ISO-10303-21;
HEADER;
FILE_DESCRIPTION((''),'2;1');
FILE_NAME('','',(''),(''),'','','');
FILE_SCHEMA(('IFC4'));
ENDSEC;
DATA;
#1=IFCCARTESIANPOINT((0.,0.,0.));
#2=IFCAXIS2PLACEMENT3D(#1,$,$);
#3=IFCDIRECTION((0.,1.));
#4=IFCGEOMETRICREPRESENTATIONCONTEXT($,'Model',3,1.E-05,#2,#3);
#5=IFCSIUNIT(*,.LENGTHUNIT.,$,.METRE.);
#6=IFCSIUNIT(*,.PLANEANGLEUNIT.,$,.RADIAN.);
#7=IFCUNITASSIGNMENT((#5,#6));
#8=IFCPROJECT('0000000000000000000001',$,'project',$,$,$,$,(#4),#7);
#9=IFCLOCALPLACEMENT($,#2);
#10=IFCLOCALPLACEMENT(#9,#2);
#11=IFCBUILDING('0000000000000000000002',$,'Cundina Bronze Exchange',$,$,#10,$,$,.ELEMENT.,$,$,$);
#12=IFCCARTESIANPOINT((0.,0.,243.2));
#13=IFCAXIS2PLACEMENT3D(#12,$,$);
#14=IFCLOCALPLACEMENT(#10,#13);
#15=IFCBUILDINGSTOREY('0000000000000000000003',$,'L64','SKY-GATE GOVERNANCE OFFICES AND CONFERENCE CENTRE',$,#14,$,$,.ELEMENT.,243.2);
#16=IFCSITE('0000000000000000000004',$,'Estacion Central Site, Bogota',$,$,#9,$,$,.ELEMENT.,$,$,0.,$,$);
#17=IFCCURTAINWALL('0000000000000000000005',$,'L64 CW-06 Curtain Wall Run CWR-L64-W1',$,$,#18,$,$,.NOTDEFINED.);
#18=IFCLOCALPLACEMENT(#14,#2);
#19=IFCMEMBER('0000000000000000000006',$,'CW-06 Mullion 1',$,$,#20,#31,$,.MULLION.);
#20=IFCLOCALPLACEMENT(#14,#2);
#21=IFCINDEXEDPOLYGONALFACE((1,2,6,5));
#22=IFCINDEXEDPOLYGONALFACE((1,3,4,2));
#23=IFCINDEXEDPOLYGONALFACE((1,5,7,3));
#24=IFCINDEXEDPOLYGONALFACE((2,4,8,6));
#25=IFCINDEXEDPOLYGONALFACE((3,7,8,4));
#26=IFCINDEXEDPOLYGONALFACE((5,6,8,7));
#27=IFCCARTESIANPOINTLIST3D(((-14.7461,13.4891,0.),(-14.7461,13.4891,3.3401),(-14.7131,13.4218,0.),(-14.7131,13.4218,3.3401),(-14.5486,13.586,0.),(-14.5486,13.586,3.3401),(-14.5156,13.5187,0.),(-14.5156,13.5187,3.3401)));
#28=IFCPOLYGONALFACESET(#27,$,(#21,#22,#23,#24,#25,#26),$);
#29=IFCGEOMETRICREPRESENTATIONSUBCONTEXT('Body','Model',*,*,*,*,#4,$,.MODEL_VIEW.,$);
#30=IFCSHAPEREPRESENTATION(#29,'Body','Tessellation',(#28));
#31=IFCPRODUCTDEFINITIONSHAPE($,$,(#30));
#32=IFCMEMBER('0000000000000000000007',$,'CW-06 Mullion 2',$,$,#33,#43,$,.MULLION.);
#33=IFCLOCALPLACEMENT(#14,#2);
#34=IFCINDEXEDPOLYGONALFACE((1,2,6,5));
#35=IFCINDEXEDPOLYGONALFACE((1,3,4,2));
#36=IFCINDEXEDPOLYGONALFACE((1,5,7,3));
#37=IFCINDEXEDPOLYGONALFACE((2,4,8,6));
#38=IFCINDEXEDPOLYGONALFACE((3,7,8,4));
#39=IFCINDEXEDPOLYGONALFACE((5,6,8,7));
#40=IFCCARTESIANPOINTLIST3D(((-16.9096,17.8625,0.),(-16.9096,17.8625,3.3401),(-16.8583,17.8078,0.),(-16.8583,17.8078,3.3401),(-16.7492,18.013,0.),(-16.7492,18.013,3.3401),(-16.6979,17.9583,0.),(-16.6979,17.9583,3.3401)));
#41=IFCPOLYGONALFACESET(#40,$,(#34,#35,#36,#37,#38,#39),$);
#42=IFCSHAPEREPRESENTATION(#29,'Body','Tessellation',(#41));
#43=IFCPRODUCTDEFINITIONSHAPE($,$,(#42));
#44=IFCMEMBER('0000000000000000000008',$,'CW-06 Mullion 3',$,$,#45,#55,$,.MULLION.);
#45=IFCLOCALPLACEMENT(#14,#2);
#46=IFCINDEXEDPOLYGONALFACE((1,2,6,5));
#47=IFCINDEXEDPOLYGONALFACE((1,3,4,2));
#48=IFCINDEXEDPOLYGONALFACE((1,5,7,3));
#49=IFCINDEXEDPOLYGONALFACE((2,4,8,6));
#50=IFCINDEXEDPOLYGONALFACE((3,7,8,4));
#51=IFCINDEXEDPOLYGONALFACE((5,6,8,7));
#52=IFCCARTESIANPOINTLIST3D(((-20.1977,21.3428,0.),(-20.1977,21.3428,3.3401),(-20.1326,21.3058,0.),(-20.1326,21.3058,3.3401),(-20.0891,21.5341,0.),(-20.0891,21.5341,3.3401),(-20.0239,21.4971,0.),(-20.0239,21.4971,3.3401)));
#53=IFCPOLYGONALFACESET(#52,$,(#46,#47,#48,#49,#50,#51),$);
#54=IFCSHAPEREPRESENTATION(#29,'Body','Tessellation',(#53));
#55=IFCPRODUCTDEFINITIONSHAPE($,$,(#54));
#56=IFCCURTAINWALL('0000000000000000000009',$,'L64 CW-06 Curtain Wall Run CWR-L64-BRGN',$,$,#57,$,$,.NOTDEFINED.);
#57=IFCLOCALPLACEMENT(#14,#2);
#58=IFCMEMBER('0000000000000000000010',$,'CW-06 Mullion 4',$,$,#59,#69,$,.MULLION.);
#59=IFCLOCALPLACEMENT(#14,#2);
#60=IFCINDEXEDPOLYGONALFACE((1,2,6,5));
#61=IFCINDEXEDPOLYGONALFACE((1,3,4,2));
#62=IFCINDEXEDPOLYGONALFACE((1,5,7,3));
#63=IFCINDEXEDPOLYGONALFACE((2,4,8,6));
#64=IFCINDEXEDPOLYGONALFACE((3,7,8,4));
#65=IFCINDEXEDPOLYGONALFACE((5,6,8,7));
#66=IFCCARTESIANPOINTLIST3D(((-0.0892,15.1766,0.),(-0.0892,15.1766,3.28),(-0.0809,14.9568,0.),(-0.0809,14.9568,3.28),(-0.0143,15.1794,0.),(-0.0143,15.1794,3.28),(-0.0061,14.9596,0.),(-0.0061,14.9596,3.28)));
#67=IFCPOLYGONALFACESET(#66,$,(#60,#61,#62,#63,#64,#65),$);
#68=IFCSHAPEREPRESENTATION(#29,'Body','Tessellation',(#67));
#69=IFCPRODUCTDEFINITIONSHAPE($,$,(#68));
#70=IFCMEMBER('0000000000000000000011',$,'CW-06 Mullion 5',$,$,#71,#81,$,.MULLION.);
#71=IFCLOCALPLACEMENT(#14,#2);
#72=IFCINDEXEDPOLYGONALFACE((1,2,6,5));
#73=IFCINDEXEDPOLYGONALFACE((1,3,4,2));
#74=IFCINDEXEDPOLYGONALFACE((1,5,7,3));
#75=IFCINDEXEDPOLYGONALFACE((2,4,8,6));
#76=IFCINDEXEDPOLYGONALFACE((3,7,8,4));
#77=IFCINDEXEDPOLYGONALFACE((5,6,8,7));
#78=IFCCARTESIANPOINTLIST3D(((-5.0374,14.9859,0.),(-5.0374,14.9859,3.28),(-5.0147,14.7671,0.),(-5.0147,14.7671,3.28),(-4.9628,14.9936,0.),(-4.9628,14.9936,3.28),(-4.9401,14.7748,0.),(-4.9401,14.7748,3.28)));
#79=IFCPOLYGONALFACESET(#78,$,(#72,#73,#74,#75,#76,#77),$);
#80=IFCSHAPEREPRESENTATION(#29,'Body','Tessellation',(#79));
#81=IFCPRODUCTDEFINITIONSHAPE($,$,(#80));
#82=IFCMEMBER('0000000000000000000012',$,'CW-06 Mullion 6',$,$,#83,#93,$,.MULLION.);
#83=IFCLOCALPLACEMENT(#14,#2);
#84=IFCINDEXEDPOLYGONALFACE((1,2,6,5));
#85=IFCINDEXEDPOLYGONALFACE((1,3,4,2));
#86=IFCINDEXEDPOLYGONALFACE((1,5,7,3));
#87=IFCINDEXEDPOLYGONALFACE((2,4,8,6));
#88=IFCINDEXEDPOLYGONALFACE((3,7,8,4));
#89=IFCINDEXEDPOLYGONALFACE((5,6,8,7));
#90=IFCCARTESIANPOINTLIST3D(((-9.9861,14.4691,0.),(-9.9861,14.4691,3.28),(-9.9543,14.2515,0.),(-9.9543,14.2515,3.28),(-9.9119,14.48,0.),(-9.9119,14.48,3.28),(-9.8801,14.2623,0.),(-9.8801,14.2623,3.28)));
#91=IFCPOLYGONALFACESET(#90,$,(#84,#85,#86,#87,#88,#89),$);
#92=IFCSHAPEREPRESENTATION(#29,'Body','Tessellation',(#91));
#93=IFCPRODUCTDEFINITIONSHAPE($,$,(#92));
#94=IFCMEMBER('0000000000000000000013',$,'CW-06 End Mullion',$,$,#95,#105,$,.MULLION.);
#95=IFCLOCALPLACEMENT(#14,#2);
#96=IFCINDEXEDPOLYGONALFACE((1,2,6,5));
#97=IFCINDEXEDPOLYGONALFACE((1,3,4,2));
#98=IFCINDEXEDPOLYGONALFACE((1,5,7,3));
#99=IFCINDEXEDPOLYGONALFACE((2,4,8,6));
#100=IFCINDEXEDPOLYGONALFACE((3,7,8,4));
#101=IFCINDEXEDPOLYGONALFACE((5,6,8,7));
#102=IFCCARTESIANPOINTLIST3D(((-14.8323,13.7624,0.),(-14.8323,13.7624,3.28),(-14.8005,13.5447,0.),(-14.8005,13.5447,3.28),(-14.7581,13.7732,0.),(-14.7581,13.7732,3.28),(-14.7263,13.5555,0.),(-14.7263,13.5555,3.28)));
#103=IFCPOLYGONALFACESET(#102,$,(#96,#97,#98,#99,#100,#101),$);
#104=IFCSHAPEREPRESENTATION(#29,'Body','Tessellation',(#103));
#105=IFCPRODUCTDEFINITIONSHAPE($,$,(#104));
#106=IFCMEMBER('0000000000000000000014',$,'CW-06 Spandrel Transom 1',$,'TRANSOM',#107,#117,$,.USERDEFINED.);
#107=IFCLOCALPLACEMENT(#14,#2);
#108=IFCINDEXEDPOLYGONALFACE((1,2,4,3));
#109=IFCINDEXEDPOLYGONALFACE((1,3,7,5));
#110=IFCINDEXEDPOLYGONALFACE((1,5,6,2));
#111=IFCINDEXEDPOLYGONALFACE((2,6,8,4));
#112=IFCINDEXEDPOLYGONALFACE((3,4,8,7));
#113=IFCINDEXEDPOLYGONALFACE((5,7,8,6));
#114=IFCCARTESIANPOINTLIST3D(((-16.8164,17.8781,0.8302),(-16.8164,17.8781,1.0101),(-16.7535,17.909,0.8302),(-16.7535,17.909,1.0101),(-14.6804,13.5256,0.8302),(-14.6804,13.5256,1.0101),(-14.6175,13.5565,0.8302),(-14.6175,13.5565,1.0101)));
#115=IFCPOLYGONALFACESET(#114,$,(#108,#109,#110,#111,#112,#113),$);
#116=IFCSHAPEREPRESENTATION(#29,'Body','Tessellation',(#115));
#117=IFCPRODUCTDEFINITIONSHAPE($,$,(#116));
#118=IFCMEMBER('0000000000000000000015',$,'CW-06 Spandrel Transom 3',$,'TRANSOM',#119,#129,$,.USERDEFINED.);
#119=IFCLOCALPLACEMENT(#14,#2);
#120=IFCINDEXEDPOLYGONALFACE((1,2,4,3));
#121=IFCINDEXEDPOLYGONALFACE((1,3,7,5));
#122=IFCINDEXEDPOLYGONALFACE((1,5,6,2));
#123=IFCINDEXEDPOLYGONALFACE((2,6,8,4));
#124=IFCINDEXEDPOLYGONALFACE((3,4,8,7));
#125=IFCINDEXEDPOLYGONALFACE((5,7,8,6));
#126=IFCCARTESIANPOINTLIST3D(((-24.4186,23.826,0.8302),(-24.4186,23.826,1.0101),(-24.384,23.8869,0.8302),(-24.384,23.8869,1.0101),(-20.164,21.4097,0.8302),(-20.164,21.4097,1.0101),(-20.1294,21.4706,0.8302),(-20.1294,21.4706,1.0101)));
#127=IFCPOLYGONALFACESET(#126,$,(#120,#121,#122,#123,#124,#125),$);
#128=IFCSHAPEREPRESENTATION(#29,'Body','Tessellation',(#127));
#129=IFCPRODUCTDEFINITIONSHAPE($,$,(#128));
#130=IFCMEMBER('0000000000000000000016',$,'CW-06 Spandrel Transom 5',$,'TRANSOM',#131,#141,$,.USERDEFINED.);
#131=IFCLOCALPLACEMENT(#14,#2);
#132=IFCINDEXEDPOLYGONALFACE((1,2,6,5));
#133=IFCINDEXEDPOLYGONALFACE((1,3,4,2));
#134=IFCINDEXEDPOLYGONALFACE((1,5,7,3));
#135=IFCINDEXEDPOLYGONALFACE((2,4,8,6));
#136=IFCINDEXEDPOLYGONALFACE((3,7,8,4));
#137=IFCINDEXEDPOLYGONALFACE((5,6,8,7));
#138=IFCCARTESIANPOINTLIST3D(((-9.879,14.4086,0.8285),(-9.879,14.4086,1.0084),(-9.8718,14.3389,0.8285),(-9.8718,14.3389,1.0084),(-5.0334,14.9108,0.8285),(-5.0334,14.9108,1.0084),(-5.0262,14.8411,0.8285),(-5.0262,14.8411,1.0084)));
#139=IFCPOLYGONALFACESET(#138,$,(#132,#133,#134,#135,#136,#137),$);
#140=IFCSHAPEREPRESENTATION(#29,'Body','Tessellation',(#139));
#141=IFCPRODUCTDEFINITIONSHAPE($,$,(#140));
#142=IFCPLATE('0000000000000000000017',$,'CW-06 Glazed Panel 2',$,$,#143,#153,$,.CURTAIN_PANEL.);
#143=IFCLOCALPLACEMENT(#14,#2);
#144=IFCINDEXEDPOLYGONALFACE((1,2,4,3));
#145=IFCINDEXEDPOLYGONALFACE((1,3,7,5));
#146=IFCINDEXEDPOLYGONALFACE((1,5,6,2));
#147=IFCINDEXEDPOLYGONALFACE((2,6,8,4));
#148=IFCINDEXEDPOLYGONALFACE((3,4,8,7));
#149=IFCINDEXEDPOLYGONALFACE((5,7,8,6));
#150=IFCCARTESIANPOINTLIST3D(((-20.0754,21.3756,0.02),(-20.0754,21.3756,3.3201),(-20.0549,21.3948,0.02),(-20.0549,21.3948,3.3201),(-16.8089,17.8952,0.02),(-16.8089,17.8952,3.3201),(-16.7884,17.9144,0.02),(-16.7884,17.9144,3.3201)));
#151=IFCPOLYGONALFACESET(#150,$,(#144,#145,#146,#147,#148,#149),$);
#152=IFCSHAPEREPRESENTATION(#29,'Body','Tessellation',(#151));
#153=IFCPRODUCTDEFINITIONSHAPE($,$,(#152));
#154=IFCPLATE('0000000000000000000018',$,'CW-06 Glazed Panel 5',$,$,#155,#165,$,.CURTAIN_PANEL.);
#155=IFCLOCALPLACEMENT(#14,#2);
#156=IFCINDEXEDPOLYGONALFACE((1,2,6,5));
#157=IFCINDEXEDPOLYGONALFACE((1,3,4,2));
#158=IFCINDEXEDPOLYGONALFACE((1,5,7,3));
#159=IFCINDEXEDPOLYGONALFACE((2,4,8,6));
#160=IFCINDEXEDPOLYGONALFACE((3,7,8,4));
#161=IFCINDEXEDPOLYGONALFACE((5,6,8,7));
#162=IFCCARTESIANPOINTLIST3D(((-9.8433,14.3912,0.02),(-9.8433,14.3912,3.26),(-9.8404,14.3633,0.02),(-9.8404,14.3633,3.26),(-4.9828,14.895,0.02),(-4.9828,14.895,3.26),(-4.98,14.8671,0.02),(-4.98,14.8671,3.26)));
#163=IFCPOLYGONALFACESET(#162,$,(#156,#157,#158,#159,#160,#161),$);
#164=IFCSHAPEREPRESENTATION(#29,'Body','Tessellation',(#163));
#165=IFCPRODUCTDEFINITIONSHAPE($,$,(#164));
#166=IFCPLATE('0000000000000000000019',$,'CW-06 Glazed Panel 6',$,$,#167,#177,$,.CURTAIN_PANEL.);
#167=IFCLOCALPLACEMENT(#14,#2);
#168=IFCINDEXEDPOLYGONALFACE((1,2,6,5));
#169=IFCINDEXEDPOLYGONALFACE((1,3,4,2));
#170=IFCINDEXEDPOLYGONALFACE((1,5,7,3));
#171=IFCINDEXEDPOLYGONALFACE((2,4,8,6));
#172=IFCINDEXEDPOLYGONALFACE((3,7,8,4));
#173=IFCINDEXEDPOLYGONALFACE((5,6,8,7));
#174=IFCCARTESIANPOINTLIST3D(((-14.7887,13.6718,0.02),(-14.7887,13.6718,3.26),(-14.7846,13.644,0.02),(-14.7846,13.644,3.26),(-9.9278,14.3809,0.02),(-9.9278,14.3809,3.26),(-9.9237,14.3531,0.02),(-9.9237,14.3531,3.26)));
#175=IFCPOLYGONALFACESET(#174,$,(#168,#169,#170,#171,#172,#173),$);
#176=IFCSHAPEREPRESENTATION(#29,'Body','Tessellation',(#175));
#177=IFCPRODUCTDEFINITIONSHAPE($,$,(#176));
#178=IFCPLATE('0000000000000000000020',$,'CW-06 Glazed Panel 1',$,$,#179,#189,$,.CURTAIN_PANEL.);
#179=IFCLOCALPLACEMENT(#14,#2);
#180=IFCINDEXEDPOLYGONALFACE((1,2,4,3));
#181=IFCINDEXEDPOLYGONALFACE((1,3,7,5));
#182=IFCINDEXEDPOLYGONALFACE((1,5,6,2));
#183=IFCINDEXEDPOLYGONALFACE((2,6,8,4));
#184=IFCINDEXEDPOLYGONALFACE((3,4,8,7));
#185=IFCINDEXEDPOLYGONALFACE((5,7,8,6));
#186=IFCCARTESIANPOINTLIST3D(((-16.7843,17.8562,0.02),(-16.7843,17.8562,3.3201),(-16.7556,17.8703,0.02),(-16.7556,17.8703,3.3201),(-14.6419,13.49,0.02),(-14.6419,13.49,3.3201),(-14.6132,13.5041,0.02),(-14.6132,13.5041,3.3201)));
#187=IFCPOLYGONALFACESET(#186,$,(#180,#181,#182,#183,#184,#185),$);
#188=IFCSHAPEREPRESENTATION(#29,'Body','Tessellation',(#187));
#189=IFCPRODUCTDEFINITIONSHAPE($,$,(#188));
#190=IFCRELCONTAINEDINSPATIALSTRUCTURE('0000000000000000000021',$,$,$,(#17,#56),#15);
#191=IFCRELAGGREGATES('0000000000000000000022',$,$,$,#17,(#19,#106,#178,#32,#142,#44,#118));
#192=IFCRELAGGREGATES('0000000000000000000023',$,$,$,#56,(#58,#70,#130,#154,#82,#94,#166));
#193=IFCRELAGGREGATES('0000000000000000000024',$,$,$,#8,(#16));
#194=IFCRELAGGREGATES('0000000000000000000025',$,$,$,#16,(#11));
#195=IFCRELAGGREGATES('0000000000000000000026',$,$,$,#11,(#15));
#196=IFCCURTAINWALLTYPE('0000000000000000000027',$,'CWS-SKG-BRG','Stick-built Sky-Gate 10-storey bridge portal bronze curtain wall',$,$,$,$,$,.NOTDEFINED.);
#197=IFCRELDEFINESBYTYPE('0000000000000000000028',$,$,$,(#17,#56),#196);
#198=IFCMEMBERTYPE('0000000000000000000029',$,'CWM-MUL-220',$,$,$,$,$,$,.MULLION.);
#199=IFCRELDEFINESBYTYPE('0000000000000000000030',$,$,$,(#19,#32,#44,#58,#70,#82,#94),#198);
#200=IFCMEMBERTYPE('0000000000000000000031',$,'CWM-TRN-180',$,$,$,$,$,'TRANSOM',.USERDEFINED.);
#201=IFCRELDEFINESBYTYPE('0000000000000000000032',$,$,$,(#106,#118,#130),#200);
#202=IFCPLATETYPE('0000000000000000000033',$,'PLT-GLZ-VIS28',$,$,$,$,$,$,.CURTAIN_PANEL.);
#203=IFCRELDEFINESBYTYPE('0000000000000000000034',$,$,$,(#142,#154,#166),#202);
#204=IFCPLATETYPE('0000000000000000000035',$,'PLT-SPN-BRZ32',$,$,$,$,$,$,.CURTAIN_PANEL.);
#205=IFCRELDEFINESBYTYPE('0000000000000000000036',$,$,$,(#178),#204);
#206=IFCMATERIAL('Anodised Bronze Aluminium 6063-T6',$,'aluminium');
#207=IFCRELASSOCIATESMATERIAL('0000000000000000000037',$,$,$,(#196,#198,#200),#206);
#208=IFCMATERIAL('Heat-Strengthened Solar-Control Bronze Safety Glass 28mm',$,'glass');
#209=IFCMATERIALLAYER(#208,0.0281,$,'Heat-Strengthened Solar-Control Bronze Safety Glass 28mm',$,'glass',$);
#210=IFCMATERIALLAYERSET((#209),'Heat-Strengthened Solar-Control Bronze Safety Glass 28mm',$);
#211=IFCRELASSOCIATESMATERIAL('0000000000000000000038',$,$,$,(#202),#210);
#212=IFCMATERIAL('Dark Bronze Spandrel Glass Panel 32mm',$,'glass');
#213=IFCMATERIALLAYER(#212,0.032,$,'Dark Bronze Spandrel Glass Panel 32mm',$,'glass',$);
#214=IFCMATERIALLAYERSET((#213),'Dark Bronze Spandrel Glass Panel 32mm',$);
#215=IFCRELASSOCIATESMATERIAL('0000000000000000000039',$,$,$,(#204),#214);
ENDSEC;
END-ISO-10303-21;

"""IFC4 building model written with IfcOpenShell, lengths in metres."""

from ifc_helpers import new_model, si_unit, direction, frame, origin, origin_2d, place, context, subcontext, project, spatial, rectangle, extrude, material, layer, layer_set, material_profile, profile_set, type_object, element, aggregate, save


model = new_model("IFC4")

# Units and contexts
model_context = context("Model", 3, precision=1e-05, world=origin(), true_north=direction((0.0, 1.0)))
body_context = subcontext(model_context, "Body", "Model", "MODEL_VIEW")
ifc_project = project(units=[si_unit("LENGTHUNIT", "METRE"), si_unit("PLANEANGLEUNIT", "RADIAN")], contexts=[model_context])

# Site, building, storey
site_placement = place(None, origin())
site = spatial("IfcSite", under=ifc_project, at=site_placement, Name="Estacion Central Site, Bogota", CompositionType="ELEMENT", RefElevation=0.0)
building_placement = place(site_placement, origin())
building = spatial("IfcBuilding", under=site, at=building_placement, Name="Cundina Bronze Exchange", CompositionType="ELEMENT")
storey_placement = place(building_placement, frame((0.0, 0.0, 243.2)))
storey = spatial("IfcBuildingStorey", under=building, at=storey_placement, Name="L64", Description="SKY-GATE GOVERNANCE OFFICES AND CONFERENCE CENTRE", CompositionType="ELEMENT", Elevation=243.2)

# Curtain walls, members
ifc_material_1 = material(Name="Anodised Bronze Aluminium 6063-T6", Category="aluminium")
curtain_wall_type = type_object("IfcCurtainWallType", Name="CWS-SKG-BRG", Description="Stick-built Sky-Gate 10-storey bridge portal bronze curtain wall", PredefinedType="NOTDEFINED", material=ifc_material_1)
curtain_wall_1_placement = place(storey_placement, origin())
curtain_wall_1 = element("IfcCurtainWall", 1, at=curtain_wall_1_placement, inside=storey, type_object=curtain_wall_type, Name="L64 CW-06 Curtain Wall Run CWR-L64-W1", PredefinedType="NOTDEFINED")
ifc_material_profile_1 = material_profile(ifc_material_1, rectangle(XDim=0.075, YDim=0.22, at=origin_2d()), Name="AL75X220", Category="aluminium")
ifc_profile_set_1 = profile_set([ifc_material_profile_1], Name="Anodised Bronze Aluminium 6063-T6")
member_type_1 = type_object("IfcMemberType", Name="CWM-MUL-220", PredefinedType="MULLION", material=ifc_profile_set_1)
member_1_placement = place(storey_placement, frame((-14.6309, 13.5039, 0.0), z_axis=(0.0, 0.0, 1.0), x_axis=(-0.440566, 0.89772, 0.0)))
member_1 = element("IfcMember", 2, at=member_1_placement, type_object=member_type_1, Name="CW-06 Mullion 1", PredefinedType="MULLION", context=body_context, shape_type="SweptSolid", body=[
    extrude(rectangle(XDim=0.075, YDim=0.22, at=origin_2d()), origin(), (0.0, 0.0, 1.0), 3.3401),
])
member_2_placement = place(storey_placement, frame((-16.8037, 17.9104, 0.0), z_axis=(0.0, 0.0, 1.0), x_axis=(-0.684293, 0.729208, 0.0)))
member_2 = element("IfcMember", 3, at=member_2_placement, type_object=member_type_1, Name="CW-06 Mullion 2", PredefinedType="MULLION", context=body_context, shape_type="SweptSolid", body=[
    extrude(rectangle(XDim=0.075, YDim=0.22, at=origin_2d()), origin(), (0.0, 0.0, 1.0), 3.3401),
])
member_3_placement = place(storey_placement, frame((-20.1108, 21.4199, 0.0), z_axis=(0.0, 0.0, 1.0), x_axis=(-0.869581, 0.49379, 0.0)))
member_3 = element("IfcMember", 4, at=member_3_placement, type_object=member_type_1, Name="CW-06 Mullion 3", PredefinedType="MULLION", context=body_context, shape_type="SweptSolid", body=[
    extrude(rectangle(XDim=0.075, YDim=0.22, at=origin_2d()), origin(), (0.0, 0.0, 1.0), 3.3401),
])
curtain_wall_2_placement = place(storey_placement, origin())
curtain_wall_2 = element("IfcCurtainWall", 5, at=curtain_wall_2_placement, inside=storey, type_object=curtain_wall_type, Name="L64 CW-06 Curtain Wall Run CWR-L64-BRGN", PredefinedType="NOTDEFINED")
member_4_placement = place(storey_placement, frame((-0.0476, 15.0681, 0.0), z_axis=(0.0, 0.0, 1.0), x_axis=(-0.999303, -0.037341, 0.0)))
member_4 = element("IfcMember", 6, at=member_4_placement, type_object=member_type_1, Name="CW-06 Mullion 4", PredefinedType="MULLION", context=body_context, shape_type="SweptSolid", body=[
    extrude(rectangle(XDim=0.075, YDim=0.22, at=origin_2d()), origin(), (0.0, 0.0, 1.0), 3.28),
])
member_5_placement = place(storey_placement, frame((-4.9888, 14.8804, 0.0), z_axis=(0.0, 0.0, 1.0), x_axis=(-0.994667, -0.10314, 0.0)))
member_5 = element("IfcMember", 7, at=member_5_placement, type_object=member_type_1, Name="CW-06 Mullion 5", PredefinedType="MULLION", context=body_context, shape_type="SweptSolid", body=[
    extrude(rectangle(XDim=0.075, YDim=0.22, at=origin_2d()), origin(), (0.0, 0.0, 1.0), 3.28),
])
member_6_placement = place(storey_placement, frame((-9.9331, 14.3657, 0.0), z_axis=(0.0, 0.0, 1.0), x_axis=(-0.989526, -0.144356, 0.0)))
member_6 = element("IfcMember", 8, at=member_6_placement, type_object=member_type_1, Name="CW-06 Mullion 6", PredefinedType="MULLION", context=body_context, shape_type="SweptSolid", body=[
    extrude(rectangle(XDim=0.075, YDim=0.22, at=origin_2d()), origin(), (0.0, 0.0, 1.0), 3.28),
])
member_7_placement = place(storey_placement, frame((-14.7793, 13.6589, 0.0), z_axis=(0.0, 0.0, 1.0), x_axis=(-0.989526, -0.144356, 0.0)))
member_7 = element("IfcMember", 9, at=member_7_placement, type_object=member_type_1, Name="CW-06 End Mullion", PredefinedType="MULLION", context=body_context, shape_type="SweptSolid", body=[
    extrude(rectangle(XDim=0.075, YDim=0.22, at=origin_2d()), origin(), (0.0, 0.0, 1.0), 3.28),
])

# Members
ifc_material_profile_2 = material_profile(ifc_material_1, rectangle(XDim=0.0701, YDim=0.1799, at=origin_2d()), Name="AL70X180", Category="aluminium")
ifc_profile_set_2 = profile_set([ifc_material_profile_2], Name="Anodised Bronze Aluminium 6063-T6")
member_type_2 = type_object("IfcMemberType", Name="CWM-TRN-180", ElementType="TRANSOM", PredefinedType="USERDEFINED", material=ifc_profile_set_2)
member_8_placement = place(storey_placement, frame((-14.6489, 13.541, 0.9202), z_axis=(-0.440554, 0.897726, 0.0), x_axis=(-0.897726, -0.440554, 0.0)))
member_8 = element("IfcMember", 10, at=member_8_placement, type_object=member_type_2, Name="CW-06 Spandrel Transom 1", ObjectType="TRANSOM", PredefinedType="USERDEFINED", context=body_context, shape_type="SweptSolid", body=[
    extrude(rectangle(XDim=0.0701, YDim=0.1799, at=origin_2d()), origin(), (0.0, 0.0, 1.0), 4.8484),
])
member_9_placement = place(storey_placement, frame((-20.1467, 21.4402, 0.9202), z_axis=(-0.869557, 0.493832, 0.0), x_axis=(-0.493832, -0.869557, 0.0)))
member_9 = element("IfcMember", 11, at=member_9_placement, type_object=member_type_2, Name="CW-06 Spandrel Transom 3", ObjectType="TRANSOM", PredefinedType="USERDEFINED", context=body_context, shape_type="SweptSolid", body=[
    extrude(rectangle(XDim=0.0701, YDim=0.1799, at=origin_2d()), origin(), (0.0, 0.0, 1.0), 4.8928),
])
member_10_placement = place(storey_placement, frame((-5.0298, 14.876, 0.9185), z_axis=(-0.994672, -0.103086, 0.0), x_axis=(0.103086, -0.994672, 0.0)))
member_10 = element("IfcMember", 12, at=member_10_placement, type_object=member_type_2, Name="CW-06 Spandrel Transom 5", ObjectType="TRANSOM", PredefinedType="USERDEFINED", context=body_context, shape_type="SweptSolid", body=[
    extrude(rectangle(XDim=0.0701, YDim=0.1799, at=origin_2d()), origin(), (0.0, 0.0, 1.0), 4.8716),
])

# Plates
ifc_material_2 = material(Name="Heat-Strengthened Solar-Control Bronze Safety Glass 28mm", Category="glass")
ifc_layer_1 = layer(ifc_material_2, 0.0281, Name="Heat-Strengthened Solar-Control Bronze Safety Glass 28mm", Category="glass")
ifc_layer_set_1 = layer_set([ifc_layer_1], Name="Heat-Strengthened Solar-Control Bronze Safety Glass 28mm")
plate_type_1 = type_object("IfcPlateType", Name="PLT-GLZ-VIS28", PredefinedType="CURTAIN_PANEL", material=ifc_layer_set_1)
plate_1_placement = place(storey_placement, frame((-18.4319, 19.645, 0.02), z_axis=(0.0, 0.0, 1.0), x_axis=(-0.684344, 0.72916, 0.0)))
plate_1 = element("IfcPlate", 13, at=plate_1_placement, type_object=plate_type_1, Name="CW-06 Glazed Panel 2", PredefinedType="CURTAIN_PANEL", context=body_context, shape_type="SweptSolid", body=[
    extrude(rectangle(XDim=4.7732, YDim=0.0281, at=origin_2d()), origin(), (0.0, 0.0, 1.0), 3.3),
])
plate_2_placement = place(storey_placement, frame((-7.4116, 14.6292, 0.02), z_axis=(0.0, 0.0, 1.0), x_axis=(-0.994672, -0.103088, 0.0)))
plate_2 = element("IfcPlate", 14, at=plate_2_placement, type_object=plate_type_1, Name="CW-06 Glazed Panel 5", PredefinedType="CURTAIN_PANEL", context=body_context, shape_type="SweptSolid", body=[
    extrude(rectangle(XDim=4.8865, YDim=0.0281, at=origin_2d()), origin(), (0.0, 0.0, 1.0), 3.24),
])
plate_3_placement = place(storey_placement, frame((-12.3562, 14.0125, 0.02), z_axis=(0.0, 0.0, 1.0), x_axis=(-0.989528, -0.144339, 0.0)))
plate_3 = element("IfcPlate", 15, at=plate_3_placement, type_object=plate_type_1, Name="CW-06 Glazed Panel 6", PredefinedType="CURTAIN_PANEL", context=body_context, shape_type="SweptSolid", body=[
    extrude(rectangle(XDim=4.9124, YDim=0.0281, at=origin_2d()), origin(), (0.0, 0.0, 1.0), 3.24),
])
ifc_material_3 = material(Name="Dark Bronze Spandrel Glass Panel 32mm", Category="glass")
ifc_layer_2 = layer(ifc_material_3, 0.032, Name="Dark Bronze Spandrel Glass Panel 32mm", Category="glass")
ifc_layer_set_2 = layer_set([ifc_layer_2], Name="Dark Bronze Spandrel Glass Panel 32mm")
plate_type_2 = type_object("IfcPlateType", Name="PLT-SPN-BRZ32", PredefinedType="CURTAIN_PANEL", material=ifc_layer_set_2)
plate_4_placement = place(storey_placement, frame((-15.6987, 15.6802, 0.02), z_axis=(0.0, 0.0, 1.0), x_axis=(-0.440503, 0.897751, 0.0)))
plate_4 = element("IfcPlate", 16, at=plate_4_placement, type_object=plate_type_2, Name="CW-06 Glazed Panel 1", PredefinedType="CURTAIN_PANEL", context=body_context, shape_type="SweptSolid", body=[
    extrude(rectangle(XDim=4.8635, YDim=0.032, at=origin_2d()), origin(), (0.0, 0.0, 1.0), 3.3),
])
aggregate(curtain_wall_1, [member_1, member_8, plate_4, member_2, plate_1, member_3, member_9])
aggregate(curtain_wall_2, [member_4, member_5, member_10, plate_2, member_6, member_7, plate_3])

save(model, "model.ifc")
